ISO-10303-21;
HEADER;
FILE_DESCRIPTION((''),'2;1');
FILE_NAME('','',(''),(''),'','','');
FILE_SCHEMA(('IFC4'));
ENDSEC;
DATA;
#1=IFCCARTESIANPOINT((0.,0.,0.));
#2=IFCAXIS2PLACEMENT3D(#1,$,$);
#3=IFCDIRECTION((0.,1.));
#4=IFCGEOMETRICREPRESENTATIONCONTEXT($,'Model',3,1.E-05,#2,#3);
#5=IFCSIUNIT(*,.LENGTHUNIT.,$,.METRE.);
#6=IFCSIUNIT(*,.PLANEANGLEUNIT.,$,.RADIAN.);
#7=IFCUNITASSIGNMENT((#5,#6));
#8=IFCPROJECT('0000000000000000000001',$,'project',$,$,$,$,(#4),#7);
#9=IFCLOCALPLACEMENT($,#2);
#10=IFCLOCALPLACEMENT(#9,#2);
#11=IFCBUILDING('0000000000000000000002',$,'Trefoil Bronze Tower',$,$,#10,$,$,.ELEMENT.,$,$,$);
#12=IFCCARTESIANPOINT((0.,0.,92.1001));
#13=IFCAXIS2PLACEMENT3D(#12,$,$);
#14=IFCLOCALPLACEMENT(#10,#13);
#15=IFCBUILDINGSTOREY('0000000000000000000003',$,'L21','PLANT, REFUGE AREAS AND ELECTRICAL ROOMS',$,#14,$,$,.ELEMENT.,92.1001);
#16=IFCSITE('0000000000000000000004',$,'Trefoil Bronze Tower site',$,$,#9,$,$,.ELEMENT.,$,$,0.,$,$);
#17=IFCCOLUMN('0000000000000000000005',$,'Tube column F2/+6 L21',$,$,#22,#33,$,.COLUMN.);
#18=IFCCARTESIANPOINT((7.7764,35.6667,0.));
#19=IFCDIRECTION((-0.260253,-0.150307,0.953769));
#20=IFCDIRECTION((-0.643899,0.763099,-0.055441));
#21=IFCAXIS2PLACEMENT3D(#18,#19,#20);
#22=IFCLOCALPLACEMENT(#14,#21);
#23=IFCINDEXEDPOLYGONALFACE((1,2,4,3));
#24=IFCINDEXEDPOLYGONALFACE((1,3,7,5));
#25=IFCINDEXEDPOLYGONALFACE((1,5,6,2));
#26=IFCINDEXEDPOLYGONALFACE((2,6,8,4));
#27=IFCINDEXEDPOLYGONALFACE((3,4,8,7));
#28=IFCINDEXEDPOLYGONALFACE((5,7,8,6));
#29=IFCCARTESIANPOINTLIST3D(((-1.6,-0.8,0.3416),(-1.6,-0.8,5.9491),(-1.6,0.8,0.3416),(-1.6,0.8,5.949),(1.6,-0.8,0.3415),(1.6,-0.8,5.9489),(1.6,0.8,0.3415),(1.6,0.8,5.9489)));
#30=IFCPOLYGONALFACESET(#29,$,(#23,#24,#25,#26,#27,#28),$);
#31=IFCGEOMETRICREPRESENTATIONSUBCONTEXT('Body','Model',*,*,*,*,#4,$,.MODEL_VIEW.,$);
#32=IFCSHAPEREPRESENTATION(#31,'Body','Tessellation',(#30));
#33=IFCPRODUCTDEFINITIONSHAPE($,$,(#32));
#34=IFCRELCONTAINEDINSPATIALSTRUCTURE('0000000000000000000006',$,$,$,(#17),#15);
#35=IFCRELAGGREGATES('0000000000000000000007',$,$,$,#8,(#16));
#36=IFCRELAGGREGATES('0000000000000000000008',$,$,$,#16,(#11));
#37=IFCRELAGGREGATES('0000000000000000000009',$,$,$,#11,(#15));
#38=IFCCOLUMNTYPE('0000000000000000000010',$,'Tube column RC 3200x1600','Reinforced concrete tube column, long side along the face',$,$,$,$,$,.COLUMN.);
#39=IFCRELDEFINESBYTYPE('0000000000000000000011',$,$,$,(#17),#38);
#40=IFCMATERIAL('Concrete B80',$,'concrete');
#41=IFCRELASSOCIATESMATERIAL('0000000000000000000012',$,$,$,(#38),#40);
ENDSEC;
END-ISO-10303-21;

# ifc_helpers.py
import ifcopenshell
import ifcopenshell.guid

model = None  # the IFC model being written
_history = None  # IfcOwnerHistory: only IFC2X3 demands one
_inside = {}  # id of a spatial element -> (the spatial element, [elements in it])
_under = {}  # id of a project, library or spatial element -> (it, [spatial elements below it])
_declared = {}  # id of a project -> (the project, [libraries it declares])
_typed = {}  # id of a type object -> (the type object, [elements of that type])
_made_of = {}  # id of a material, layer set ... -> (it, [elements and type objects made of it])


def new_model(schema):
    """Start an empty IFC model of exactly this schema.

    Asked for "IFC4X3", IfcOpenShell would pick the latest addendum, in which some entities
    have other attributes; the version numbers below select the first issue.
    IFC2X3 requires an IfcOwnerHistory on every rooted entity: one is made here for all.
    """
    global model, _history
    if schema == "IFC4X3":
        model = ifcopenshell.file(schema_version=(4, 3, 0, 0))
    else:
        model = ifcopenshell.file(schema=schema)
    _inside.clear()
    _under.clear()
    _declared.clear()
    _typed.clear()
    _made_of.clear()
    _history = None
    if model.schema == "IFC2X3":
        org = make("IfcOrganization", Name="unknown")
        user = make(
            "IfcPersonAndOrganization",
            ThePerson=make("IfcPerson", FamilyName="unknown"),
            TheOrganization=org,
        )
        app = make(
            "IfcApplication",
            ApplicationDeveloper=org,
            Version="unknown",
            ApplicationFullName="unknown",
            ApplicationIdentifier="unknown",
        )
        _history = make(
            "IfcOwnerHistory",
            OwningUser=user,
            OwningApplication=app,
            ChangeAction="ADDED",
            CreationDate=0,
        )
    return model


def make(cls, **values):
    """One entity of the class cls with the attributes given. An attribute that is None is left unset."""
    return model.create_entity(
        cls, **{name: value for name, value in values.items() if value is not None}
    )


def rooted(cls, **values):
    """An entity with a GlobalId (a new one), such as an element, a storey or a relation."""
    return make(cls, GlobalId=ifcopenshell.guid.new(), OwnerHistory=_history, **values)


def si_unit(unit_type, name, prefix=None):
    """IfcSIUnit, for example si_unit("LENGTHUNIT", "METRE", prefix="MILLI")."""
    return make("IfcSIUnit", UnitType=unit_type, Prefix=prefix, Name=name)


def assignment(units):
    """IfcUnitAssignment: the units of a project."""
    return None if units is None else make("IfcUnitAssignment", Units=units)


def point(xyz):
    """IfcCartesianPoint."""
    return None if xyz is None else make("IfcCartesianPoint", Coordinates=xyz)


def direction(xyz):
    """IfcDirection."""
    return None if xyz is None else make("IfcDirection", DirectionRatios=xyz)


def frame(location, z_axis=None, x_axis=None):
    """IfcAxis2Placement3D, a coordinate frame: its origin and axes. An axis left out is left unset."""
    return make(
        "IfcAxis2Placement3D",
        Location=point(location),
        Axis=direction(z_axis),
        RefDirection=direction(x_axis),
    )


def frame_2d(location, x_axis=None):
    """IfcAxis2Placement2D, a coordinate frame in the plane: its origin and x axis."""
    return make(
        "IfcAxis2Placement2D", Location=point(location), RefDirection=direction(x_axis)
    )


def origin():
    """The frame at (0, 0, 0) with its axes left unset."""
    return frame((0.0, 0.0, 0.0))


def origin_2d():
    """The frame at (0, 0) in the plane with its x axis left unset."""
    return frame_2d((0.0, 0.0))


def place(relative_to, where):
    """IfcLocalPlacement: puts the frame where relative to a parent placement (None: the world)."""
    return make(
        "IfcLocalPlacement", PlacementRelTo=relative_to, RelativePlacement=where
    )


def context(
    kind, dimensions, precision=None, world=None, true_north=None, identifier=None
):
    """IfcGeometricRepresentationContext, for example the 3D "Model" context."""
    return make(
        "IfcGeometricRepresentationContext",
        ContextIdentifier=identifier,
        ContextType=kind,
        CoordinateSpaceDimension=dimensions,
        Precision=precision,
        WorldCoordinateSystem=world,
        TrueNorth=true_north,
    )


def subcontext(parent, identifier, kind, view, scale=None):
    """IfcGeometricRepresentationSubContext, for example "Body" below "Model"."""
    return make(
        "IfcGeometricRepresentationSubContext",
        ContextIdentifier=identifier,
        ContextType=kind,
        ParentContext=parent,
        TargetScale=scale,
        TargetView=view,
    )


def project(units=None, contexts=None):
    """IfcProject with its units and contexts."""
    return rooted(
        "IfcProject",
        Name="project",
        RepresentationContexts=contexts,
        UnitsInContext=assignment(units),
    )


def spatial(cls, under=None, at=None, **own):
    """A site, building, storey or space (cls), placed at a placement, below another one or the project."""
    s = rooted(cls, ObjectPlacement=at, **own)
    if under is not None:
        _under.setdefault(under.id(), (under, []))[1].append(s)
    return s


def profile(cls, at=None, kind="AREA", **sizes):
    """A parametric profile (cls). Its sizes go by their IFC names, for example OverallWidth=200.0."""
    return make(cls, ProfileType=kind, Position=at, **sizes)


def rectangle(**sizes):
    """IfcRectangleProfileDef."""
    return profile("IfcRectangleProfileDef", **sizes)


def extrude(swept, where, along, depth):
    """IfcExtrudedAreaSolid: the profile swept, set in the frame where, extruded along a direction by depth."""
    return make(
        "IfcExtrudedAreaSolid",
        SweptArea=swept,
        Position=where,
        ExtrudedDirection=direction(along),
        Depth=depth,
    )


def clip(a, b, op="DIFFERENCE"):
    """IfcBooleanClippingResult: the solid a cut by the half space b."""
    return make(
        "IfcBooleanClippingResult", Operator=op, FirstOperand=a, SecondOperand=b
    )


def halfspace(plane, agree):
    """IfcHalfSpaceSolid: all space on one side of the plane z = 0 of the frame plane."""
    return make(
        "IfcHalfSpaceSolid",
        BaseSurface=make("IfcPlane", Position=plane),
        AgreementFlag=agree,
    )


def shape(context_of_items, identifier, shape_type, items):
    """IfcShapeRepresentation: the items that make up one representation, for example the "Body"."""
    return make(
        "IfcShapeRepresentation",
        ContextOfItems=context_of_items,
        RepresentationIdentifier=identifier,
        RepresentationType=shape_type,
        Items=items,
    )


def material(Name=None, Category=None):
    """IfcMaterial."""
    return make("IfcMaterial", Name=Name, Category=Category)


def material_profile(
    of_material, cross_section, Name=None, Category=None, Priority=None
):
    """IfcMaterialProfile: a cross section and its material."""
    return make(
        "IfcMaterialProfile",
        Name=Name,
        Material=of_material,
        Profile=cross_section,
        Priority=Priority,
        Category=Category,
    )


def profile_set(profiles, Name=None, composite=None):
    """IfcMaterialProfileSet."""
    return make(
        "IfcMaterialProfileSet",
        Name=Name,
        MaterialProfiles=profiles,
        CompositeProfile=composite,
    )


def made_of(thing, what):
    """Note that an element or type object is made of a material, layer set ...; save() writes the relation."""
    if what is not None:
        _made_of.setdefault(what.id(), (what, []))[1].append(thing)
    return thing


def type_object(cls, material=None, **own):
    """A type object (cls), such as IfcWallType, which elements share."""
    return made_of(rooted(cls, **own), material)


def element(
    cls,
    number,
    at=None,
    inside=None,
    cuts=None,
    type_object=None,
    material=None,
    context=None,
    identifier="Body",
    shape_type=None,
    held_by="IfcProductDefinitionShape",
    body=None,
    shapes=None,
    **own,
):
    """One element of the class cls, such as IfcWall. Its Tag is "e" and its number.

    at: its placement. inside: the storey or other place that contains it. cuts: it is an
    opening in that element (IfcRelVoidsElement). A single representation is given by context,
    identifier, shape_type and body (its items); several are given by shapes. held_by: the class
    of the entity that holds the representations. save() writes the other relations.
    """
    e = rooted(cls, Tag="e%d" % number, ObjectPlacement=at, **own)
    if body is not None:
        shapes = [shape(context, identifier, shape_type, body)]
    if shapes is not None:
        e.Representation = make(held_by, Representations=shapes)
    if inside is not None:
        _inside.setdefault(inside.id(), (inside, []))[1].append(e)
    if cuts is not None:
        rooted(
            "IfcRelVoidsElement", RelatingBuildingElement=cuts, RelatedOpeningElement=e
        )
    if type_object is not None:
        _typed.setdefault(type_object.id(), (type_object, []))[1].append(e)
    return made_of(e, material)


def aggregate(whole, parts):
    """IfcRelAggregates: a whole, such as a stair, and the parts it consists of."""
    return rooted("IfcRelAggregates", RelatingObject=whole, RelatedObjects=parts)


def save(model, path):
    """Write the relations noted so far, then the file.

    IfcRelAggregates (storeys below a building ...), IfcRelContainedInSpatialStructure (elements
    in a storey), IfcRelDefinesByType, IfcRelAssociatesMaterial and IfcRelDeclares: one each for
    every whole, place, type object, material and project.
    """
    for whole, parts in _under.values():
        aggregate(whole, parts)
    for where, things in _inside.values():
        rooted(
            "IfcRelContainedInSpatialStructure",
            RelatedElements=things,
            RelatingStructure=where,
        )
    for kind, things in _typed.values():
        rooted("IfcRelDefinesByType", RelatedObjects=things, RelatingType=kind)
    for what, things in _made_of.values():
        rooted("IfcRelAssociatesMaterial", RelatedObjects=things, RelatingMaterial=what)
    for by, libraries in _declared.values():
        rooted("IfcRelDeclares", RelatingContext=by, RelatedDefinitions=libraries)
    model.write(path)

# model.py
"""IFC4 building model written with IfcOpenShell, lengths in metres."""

from ifc_helpers import new_model, si_unit, direction, frame, origin, origin_2d, place, context, subcontext, project, spatial, rectangle, extrude, clip, halfspace, material, material_profile, profile_set, type_object, element, save


model = new_model("IFC4")

# Units and contexts
model_context = context("Model", 3, precision=1e-05, world=origin(), true_north=direction((0.0, 1.0)))
body_context = subcontext(model_context, "Body", "Model", "MODEL_VIEW")
ifc_project = project(units=[si_unit("LENGTHUNIT", "METRE"), si_unit("PLANEANGLEUNIT", "RADIAN")], contexts=[model_context])

# Site, building, storey
site_placement = place(None, origin())
site = spatial("IfcSite", under=ifc_project, at=site_placement, Name="Trefoil Bronze Tower site", CompositionType="ELEMENT", RefElevation=0.0)
building_placement = place(site_placement, origin())
building = spatial("IfcBuilding", under=site, at=building_placement, Name="Trefoil Bronze Tower", CompositionType="ELEMENT")
storey_placement = place(building_placement, frame((0.0, 0.0, 92.1001)))
storey = spatial("IfcBuildingStorey", under=building, at=storey_placement, Name="L21", Description="PLANT, REFUGE AREAS AND ELECTRICAL ROOMS", CompositionType="ELEMENT", Elevation=92.1001)

# Column
ifc_material_1 = material(Name="Concrete B80", Category="concrete")
ifc_material_profile_1 = material_profile(ifc_material_1, rectangle(XDim=3.2, YDim=1.6001, at=origin_2d()), Name="RC 3200x1600")
ifc_profile_set_1 = profile_set([ifc_material_profile_1], Name="Concrete B80")
column_type = type_object("IfcColumnType", Name="Tube column RC 3200x1600", Description="Reinforced concrete tube column, long side along the face", PredefinedType="COLUMN", material=ifc_profile_set_1)
column_placement = place(storey_placement, frame((7.7764, 35.6667, 0.0), z_axis=(-0.260253, -0.150307, 0.953769), x_axis=(-0.643899, 0.763099, -0.055441)))
element("IfcColumn", 1, at=column_placement, inside=storey, type_object=column_type, Name="Tube column F2/+6 L21", PredefinedType="COLUMN", context=body_context, shape_type="Clipping", body=[
    clip(clip(extrude(rectangle(XDim=3.2, YDim=1.6001, at=origin_2d()), origin(), (0.0, 0.0, 1.0), 6.2908), halfspace(frame((0.0, 0.0, 0.3416), z_axis=(0.000045, 0.000007, 1.0), x_axis=(0.0, 1.0, -0.000007)), True)), halfspace(frame((0.0002, 0.0, 5.949), z_axis=(-0.000045, -0.000007, -1.0), x_axis=(0.0, -1.0, 0.000007)), True)),
])

save(model, "model.ifc")
